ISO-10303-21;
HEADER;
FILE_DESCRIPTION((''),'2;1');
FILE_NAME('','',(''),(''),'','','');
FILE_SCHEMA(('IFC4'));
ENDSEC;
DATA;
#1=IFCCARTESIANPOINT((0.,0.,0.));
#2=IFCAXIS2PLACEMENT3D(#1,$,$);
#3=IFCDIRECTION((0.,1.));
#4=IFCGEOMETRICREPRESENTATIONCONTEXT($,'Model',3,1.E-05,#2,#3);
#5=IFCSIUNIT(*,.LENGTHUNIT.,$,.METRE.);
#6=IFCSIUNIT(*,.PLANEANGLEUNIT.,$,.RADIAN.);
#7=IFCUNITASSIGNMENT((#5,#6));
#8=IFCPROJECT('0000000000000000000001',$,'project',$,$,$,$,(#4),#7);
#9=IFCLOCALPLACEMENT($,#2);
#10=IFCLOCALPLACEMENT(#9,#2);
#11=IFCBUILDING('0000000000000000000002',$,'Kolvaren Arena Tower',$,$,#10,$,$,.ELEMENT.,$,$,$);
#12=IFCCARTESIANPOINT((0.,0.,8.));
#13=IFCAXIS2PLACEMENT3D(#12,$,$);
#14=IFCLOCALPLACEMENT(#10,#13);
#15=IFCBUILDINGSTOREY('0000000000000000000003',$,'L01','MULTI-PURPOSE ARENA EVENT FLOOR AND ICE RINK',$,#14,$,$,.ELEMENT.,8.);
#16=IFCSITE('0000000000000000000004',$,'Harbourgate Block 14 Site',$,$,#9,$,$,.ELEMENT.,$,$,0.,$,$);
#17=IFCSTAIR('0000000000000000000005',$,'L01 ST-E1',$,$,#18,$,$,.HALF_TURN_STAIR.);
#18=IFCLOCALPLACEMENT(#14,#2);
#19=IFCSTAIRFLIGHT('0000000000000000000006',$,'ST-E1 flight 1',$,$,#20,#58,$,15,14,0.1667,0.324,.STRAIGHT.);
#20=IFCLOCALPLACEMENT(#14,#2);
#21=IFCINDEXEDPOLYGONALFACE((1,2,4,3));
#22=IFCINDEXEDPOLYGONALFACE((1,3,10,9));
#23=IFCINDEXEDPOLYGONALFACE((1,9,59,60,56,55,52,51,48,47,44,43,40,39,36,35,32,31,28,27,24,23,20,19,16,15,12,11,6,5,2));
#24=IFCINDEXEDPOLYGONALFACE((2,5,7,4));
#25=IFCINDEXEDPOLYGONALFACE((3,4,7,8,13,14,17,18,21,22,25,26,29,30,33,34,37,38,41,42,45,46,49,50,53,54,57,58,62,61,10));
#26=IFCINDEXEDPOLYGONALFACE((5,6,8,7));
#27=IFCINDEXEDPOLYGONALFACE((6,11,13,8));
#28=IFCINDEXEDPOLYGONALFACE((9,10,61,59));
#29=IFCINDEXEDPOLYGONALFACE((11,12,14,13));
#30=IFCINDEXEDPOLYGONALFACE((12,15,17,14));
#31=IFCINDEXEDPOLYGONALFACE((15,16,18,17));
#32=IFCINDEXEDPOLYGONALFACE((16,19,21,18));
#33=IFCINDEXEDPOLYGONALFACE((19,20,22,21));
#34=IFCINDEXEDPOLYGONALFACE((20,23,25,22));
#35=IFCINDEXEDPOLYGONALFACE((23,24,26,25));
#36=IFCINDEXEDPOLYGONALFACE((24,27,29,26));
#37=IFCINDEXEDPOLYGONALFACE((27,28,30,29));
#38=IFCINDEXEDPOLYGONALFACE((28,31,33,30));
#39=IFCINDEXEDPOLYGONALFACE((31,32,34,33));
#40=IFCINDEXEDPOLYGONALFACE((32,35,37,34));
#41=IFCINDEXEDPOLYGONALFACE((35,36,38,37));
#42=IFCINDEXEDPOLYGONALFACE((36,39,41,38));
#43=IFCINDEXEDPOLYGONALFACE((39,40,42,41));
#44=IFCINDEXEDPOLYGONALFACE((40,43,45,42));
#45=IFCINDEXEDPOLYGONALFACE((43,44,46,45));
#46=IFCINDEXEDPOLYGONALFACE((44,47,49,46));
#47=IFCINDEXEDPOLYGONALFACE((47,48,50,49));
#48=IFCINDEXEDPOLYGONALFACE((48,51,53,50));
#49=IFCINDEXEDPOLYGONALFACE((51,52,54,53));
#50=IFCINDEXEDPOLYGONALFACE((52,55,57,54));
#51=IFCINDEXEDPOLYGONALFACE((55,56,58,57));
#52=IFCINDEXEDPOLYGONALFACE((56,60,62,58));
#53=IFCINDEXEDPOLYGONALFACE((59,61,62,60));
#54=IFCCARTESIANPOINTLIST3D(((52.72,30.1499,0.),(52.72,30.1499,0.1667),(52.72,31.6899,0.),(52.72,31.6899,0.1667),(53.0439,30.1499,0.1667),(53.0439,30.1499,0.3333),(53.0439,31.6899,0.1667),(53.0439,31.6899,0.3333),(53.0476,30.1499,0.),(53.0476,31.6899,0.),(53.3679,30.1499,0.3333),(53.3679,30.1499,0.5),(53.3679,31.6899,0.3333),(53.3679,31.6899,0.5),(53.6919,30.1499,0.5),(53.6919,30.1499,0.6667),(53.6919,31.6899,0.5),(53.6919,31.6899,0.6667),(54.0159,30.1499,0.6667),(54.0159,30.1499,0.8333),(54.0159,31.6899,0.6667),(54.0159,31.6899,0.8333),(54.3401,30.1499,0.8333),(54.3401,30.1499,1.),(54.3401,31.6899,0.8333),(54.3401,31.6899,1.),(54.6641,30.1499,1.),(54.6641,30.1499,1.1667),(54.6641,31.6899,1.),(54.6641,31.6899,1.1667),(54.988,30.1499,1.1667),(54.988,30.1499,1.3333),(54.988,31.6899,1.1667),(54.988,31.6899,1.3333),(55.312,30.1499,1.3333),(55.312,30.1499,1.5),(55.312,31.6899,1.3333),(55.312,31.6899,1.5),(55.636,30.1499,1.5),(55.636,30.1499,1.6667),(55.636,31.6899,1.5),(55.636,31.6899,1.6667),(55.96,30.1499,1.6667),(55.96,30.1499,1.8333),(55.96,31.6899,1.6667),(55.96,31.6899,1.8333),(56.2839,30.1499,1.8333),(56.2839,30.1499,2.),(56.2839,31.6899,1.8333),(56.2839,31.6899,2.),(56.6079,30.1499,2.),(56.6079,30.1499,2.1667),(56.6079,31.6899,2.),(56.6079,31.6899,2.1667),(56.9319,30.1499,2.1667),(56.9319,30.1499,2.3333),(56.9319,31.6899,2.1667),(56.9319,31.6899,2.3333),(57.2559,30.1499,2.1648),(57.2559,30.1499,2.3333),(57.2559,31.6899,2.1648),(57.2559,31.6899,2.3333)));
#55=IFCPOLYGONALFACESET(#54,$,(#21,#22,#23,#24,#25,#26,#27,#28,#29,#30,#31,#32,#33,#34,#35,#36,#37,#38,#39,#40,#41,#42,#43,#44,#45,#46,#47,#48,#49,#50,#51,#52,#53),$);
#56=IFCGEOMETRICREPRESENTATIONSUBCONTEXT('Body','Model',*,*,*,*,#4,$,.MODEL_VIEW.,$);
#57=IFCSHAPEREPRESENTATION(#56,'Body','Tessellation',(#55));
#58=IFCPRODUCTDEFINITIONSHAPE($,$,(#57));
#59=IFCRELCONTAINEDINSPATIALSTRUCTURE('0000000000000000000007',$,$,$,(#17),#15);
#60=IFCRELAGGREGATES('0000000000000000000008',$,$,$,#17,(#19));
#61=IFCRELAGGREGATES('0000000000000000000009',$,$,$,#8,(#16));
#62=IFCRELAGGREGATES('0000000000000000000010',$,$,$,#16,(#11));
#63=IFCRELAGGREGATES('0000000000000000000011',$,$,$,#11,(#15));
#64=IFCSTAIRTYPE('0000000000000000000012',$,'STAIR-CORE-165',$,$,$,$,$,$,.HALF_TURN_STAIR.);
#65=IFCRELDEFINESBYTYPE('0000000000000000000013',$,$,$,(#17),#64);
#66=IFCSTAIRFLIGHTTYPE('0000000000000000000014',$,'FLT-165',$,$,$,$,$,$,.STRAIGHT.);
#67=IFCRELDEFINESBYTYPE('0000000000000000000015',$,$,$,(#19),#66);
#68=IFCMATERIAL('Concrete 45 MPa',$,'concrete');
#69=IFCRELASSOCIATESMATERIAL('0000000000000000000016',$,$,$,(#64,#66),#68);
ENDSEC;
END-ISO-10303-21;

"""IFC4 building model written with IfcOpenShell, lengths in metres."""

from ifc_helpers import new_model, si_unit, direction, frame, origin, place, context, subcontext, project, spatial, polyline, outline, extrude, material, type_object, element, aggregate, save


model = new_model("IFC4")

# Units and contexts
model_context = context("Model", 3, precision=1e-05, world=origin(), true_north=direction((0.0, 1.0)))
body_context = subcontext(model_context, "Body", "Model", "MODEL_VIEW")
ifc_project = project(units=[si_unit("LENGTHUNIT", "METRE"), si_unit("PLANEANGLEUNIT", "RADIAN")], contexts=[model_context])

# Site, building, storey
site_placement = place(None, origin())
site = spatial("IfcSite", under=ifc_project, at=site_placement, Name="Harbourgate Block 14 Site", CompositionType="ELEMENT", RefElevation=0.0)
building_placement = place(site_placement, origin())
building = spatial("IfcBuilding", under=site, at=building_placement, Name="Kolvaren Arena Tower", CompositionType="ELEMENT")
storey_placement = place(building_placement, frame((0.0, 0.0, 8.0)))
storey = spatial("IfcBuildingStorey", under=building, at=storey_placement, Name="L01", Description="MULTI-PURPOSE ARENA EVENT FLOOR AND ICE RINK", CompositionType="ELEMENT", Elevation=8.0)

# Shared definitions
ifc_material_1 = material(Name="Concrete 45 MPa", Category="concrete")

# Stair, stair flight
stair_type_1 = type_object("IfcStairType", Name="STAIR-CORE-165", PredefinedType="HALF_TURN_STAIR", material=ifc_material_1)
stair_1_placement = place(storey_placement, origin())
stair_1 = element("IfcStair", 1, at=stair_1_placement, inside=storey, type_object=stair_type_1, Name="L01 ST-E1", PredefinedType="HALF_TURN_STAIR")
stair_flight_type_1 = type_object("IfcStairFlightType", Name="FLT-165", PredefinedType="STRAIGHT", material=ifc_material_1)
stair_flight_1_placement = place(storey_placement, frame((52.72, 30.9199, 0.0), z_axis=(0.0, 0.0, 1.0), x_axis=(1.0, 0.0, 0.0)))
stair_flight_1 = element("IfcStairFlight", 2, at=stair_flight_1_placement, type_object=stair_flight_type_1, Name="ST-E1 flight 1", NumberOfRisers=15, NumberOfTreads=14, PredefinedType="STRAIGHT", RiserHeight=0.1667, TreadLength=0.324, context=body_context, shape_type="SweptSolid", body=[
    extrude(outline(polyline([(0.0, 0.0), (0.0, 0.1667), (0.324, 0.1667), (0.324, 0.3333), (0.6479, 0.3333), (0.6479, 0.5), (0.9719, 0.5), (0.9719, 0.6667), (1.2959, 0.6667), (1.2959, 0.8333), (1.6201, 0.8333), (1.6201, 1.0), (1.9441, 1.0), (1.9441, 1.1667), (2.2681, 1.1667), (2.2681, 1.3333), (2.592, 1.3333), (2.592, 1.5), (2.916, 1.5), (2.916, 1.6667), (3.24, 1.6667), (3.24, 1.8333), (3.564, 1.8333), (3.564, 2.0), (3.8879, 2.0), (3.8879, 2.1667), (4.2119, 2.1667), (4.2119, 2.3333), (4.5359, 2.3333), (4.5359, 2.5), (4.5359, 2.1648), (0.3276, 0.0), (0.0, 0.0)])), frame((0.0, 0.77, 0.0), z_axis=(0.0, -1.0, 0.0), x_axis=(1.0, 0.0, 0.0)), (0.0, 0.0, 1.0), 1.54),
])
aggregate(stair_1, [stair_flight_1])

save(model, "model.ifc")
